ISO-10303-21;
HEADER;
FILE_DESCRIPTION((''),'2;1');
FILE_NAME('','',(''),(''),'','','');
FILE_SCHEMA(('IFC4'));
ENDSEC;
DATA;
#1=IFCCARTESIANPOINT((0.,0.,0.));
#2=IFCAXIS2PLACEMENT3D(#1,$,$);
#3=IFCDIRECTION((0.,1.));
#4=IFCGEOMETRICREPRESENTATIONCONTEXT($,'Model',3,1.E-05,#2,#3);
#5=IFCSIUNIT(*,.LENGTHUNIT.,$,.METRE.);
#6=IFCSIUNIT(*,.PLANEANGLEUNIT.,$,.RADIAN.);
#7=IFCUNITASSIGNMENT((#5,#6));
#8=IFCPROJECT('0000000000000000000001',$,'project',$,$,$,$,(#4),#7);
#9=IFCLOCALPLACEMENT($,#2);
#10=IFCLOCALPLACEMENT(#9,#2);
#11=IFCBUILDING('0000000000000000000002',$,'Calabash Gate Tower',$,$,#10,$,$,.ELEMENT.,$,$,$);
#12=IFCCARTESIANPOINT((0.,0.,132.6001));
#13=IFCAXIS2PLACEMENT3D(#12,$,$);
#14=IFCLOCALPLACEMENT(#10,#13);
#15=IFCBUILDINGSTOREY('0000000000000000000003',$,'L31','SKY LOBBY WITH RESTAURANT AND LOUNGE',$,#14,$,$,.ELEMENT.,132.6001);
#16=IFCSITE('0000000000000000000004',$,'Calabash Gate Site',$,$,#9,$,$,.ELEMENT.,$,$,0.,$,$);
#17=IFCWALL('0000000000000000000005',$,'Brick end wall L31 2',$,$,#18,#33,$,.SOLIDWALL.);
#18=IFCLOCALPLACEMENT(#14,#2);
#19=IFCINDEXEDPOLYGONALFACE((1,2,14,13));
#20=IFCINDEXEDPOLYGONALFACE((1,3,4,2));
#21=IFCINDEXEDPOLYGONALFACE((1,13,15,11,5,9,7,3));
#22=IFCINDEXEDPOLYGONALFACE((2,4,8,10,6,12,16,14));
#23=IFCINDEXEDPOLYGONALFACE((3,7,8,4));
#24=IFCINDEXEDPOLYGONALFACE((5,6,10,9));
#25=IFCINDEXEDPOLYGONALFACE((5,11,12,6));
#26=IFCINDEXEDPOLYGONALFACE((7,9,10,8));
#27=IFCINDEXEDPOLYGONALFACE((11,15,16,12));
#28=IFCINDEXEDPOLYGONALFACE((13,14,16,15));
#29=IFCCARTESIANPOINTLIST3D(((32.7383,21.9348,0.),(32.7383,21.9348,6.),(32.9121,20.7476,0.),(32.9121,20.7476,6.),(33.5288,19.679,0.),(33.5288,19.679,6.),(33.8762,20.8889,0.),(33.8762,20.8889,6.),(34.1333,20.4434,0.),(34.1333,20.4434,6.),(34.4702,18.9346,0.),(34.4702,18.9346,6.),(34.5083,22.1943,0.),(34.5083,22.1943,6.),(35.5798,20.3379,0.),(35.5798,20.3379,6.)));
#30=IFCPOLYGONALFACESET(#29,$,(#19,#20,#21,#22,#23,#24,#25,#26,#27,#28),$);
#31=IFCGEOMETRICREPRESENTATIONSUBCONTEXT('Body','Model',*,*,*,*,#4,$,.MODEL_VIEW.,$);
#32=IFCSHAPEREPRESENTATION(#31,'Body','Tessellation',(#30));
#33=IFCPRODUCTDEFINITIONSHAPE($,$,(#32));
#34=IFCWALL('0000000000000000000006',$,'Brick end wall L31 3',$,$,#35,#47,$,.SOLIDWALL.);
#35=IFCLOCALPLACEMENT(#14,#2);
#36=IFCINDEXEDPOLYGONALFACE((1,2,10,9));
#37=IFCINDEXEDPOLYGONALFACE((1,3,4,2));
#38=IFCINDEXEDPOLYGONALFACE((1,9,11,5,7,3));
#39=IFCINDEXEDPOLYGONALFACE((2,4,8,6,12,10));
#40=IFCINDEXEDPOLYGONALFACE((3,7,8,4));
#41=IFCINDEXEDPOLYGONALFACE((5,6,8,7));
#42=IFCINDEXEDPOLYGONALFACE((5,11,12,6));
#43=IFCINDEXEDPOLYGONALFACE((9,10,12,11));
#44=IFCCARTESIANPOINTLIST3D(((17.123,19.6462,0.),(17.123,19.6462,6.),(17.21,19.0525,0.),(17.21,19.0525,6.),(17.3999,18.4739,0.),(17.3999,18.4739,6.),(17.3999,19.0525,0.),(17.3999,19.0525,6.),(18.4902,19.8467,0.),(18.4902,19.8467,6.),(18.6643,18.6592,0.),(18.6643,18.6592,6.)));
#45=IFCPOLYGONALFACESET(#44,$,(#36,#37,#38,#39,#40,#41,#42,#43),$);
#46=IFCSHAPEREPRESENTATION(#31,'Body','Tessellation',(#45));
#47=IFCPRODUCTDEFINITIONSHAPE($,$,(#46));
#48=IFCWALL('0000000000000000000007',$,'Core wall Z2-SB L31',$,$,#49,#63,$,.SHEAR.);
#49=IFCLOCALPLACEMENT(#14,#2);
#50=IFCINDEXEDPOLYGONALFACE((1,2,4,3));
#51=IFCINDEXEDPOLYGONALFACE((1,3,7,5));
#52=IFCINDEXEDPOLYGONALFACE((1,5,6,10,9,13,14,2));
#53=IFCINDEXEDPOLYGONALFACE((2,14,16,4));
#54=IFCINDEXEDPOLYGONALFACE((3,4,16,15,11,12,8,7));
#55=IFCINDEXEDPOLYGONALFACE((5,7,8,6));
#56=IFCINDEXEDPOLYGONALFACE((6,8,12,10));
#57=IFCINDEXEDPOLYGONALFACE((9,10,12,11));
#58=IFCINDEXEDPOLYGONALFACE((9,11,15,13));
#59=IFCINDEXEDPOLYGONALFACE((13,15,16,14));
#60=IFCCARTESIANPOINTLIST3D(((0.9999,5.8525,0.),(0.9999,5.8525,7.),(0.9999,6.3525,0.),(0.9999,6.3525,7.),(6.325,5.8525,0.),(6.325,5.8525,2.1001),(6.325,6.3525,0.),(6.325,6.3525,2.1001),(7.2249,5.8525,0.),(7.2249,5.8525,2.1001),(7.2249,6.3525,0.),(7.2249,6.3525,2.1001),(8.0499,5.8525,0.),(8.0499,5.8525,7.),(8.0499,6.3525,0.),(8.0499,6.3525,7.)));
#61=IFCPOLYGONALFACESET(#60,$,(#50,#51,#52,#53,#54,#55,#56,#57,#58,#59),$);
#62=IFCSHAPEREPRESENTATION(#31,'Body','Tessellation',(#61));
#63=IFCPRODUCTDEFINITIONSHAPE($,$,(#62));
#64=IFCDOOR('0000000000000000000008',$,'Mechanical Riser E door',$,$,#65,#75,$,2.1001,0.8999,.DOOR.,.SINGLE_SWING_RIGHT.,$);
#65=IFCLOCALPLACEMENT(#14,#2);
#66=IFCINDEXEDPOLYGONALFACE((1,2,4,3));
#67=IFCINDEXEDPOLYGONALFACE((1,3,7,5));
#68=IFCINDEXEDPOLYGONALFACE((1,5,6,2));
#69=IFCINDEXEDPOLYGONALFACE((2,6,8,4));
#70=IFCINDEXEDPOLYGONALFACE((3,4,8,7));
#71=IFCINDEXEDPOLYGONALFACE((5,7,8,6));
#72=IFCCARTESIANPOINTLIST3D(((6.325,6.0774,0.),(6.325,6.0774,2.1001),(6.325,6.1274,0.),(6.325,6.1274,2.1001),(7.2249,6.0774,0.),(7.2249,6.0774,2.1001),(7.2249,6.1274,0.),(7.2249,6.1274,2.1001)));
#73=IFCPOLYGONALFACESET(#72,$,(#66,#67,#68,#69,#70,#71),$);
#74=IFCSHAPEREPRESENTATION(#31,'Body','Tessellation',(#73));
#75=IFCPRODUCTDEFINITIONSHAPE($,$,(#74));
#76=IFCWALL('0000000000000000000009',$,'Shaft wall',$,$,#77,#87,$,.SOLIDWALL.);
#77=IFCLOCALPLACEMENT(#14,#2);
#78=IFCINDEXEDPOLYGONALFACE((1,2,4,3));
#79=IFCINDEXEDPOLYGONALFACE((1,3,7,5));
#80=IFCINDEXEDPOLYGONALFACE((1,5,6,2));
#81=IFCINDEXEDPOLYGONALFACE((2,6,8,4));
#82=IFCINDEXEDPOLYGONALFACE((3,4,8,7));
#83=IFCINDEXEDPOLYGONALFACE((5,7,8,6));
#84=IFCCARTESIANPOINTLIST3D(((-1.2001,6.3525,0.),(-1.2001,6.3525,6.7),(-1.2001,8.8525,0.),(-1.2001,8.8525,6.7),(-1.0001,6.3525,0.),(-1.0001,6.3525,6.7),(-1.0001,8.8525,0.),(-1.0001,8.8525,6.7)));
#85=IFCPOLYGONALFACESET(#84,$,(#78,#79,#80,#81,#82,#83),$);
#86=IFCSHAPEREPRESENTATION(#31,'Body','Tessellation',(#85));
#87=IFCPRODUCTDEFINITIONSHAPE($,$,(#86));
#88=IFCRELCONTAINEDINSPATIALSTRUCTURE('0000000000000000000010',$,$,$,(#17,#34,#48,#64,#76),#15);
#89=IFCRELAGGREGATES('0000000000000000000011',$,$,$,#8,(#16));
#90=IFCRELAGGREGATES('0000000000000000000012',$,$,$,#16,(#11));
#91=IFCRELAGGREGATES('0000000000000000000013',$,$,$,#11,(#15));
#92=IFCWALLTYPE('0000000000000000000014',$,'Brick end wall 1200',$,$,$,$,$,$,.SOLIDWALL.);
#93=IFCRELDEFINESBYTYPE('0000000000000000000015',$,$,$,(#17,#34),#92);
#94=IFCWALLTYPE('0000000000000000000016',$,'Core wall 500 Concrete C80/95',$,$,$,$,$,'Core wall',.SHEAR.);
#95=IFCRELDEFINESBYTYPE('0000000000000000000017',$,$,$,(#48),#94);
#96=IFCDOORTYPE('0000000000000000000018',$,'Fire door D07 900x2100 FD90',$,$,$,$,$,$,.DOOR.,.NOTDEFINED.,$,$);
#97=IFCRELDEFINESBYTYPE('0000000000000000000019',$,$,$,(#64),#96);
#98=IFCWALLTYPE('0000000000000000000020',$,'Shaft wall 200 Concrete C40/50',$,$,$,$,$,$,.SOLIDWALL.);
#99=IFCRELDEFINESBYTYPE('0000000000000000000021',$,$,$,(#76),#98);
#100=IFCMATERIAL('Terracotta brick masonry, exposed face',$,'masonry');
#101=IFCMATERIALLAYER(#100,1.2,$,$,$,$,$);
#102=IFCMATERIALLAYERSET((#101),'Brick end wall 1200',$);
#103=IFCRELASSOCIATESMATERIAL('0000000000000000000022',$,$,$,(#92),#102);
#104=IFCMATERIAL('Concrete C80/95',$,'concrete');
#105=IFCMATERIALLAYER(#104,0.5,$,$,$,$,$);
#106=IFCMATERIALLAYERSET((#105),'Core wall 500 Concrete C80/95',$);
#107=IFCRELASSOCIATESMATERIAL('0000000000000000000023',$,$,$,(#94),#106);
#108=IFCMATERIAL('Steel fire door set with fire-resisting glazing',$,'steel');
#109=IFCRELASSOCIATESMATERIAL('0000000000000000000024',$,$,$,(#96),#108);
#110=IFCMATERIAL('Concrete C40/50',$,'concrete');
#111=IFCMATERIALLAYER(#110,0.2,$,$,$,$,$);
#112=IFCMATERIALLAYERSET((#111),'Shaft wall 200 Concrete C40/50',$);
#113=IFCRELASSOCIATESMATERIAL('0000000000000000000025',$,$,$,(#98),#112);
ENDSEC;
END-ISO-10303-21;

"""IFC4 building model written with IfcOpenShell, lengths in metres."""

from ifc_helpers import new_model, si_unit, direction, frame, frame_2d, origin, place, context, subcontext, project, spatial, polyline, rectangle, outline, extrude, material, layer, layer_set, type_object, element, fill, save


model = new_model("IFC4")

# Units and contexts
model_context = context("Model", 3, precision=1e-05, world=origin(), true_north=direction((0.0, 1.0)))
body_context = subcontext(model_context, "Body", "Model", "MODEL_VIEW")
ifc_project = project(units=[si_unit("LENGTHUNIT", "METRE"), si_unit("PLANEANGLEUNIT", "RADIAN")], contexts=[model_context])

# Site, building, storey
site_placement = place(None, origin())
site = spatial("IfcSite", under=ifc_project, at=site_placement, Name="Calabash Gate Site", CompositionType="ELEMENT", RefElevation=0.0)
building_placement = place(site_placement, origin())
building = spatial("IfcBuilding", under=site, at=building_placement, Name="Calabash Gate Tower", CompositionType="ELEMENT")
storey_placement = place(building_placement, frame((0.0, 0.0, 132.6001)))
storey = spatial("IfcBuildingStorey", under=building, at=storey_placement, Name="L31", Description="SKY LOBBY WITH RESTAURANT AND LOUNGE", CompositionType="ELEMENT", Elevation=132.6001)

# Walls
ifc_material_1 = material(Name="Terracotta brick masonry, exposed face", Category="masonry")
ifc_layer_1 = layer(ifc_material_1, 1.2)
ifc_layer_set_1 = layer_set([ifc_layer_1], Name="Brick end wall 1200")
wall_type_1 = type_object("IfcWallType", Name="Brick end wall 1200", PredefinedType="SOLIDWALL", material=ifc_layer_set_1)
wall_1_placement = place(storey_placement, origin())
element("IfcWall", 1, at=wall_1_placement, inside=storey, type_object=wall_type_1, Name="Brick end wall L31 2", PredefinedType="SOLIDWALL", context=body_context, shape_type="SweptSolid", body=[
    extrude(outline(polyline([(34.1333, 20.4434), (33.5288, 19.679), (34.4702, 18.9346), (35.5798, 20.3379), (34.5083, 22.1943), (32.7383, 21.9348), (32.9121, 20.7476), (33.8762, 20.8889), (34.1333, 20.4434)])), origin(), (0.0, 0.0, 1.0), 6.0),
])
wall_2_placement = place(storey_placement, origin())
element("IfcWall", 2, at=wall_2_placement, inside=storey, type_object=wall_type_1, Name="Brick end wall L31 3", PredefinedType="SOLIDWALL", context=body_context, shape_type="SweptSolid", body=[
    extrude(outline(polyline([(17.123, 19.6462), (17.21, 19.0525), (17.3999, 19.0525), (17.3999, 18.4739), (18.6643, 18.6592), (18.4902, 19.8467), (17.123, 19.6462)])), origin(), (0.0, 0.0, 1.0), 6.0),
])

# Wall, opening, door
ifc_material_2 = material(Name="Concrete C80/95", Category="concrete")
ifc_layer_2 = layer(ifc_material_2, 0.5)
ifc_layer_set_2 = layer_set([ifc_layer_2], Name="Core wall 500 Concrete C80/95")
wall_type_2 = type_object("IfcWallType", Name="Core wall 500 Concrete C80/95", ElementType="Core wall", PredefinedType="SHEAR", material=ifc_layer_set_2)
wall_3_placement = place(storey_placement, frame((1.0, 6.1025, 0.0), z_axis=(0.0, 0.0, 1.0), x_axis=(1.0, 0.0, 0.0)))
wall_3 = element("IfcWall", 3, at=wall_3_placement, inside=storey, type_object=wall_type_2, Name="Core wall Z2-SB L31", PredefinedType="SHEAR", context=body_context, shape_type="SweptSolid", body=[
    extrude(rectangle(XDim=7.05, YDim=0.5, at=frame_2d((3.5249, 0.0))), origin(), (0.0, 0.0, 1.0), 7.0),
])
opening_placement = place(wall_3_placement, frame((5.325, 0.0, 0.0)))
opening = element("IfcOpeningElement", 4, at=opening_placement, cuts=wall_3, PredefinedType="OPENING", context=body_context, shape_type="SweptSolid", body=[
    extrude(rectangle(XDim=0.8999, YDim=2.1001, at=frame_2d((0.45, 1.05))), frame((0.0, 0.26, 0.0), z_axis=(0.0, -1.0, 0.0), x_axis=(1.0, 0.0, 0.0)), (0.0, 0.0, 1.0), 0.52),
])
ifc_material_3 = material(Name="Steel fire door set with fire-resisting glazing", Category="steel")
door_type = type_object("IfcDoorType", Name="Fire door D07 900x2100 FD90", OperationType="NOTDEFINED", PredefinedType="DOOR", material=ifc_material_3)
door_placement = place(opening_placement, origin())
door = element("IfcDoor", 5, at=door_placement, inside=storey, type_object=door_type, Name="Mechanical Riser E door", OperationType="SINGLE_SWING_RIGHT", OverallHeight=2.1001, OverallWidth=0.8999, PredefinedType="DOOR", context=body_context, shape_type="SweptSolid", body=[
    extrude(rectangle(XDim=0.8999, YDim=2.1001, at=frame_2d((0.45, 1.05))), frame((0.0, 0.0249, 0.0), z_axis=(0.0, -1.0, 0.0), x_axis=(1.0, 0.0, 0.0)), (0.0, 0.0, 1.0), 0.05),
])
fill(opening, door)

# Wall
ifc_material_4 = material(Name="Concrete C40/50", Category="concrete")
ifc_layer_3 = layer(ifc_material_4, 0.2)
ifc_layer_set_3 = layer_set([ifc_layer_3], Name="Shaft wall 200 Concrete C40/50")
wall_type_3 = type_object("IfcWallType", Name="Shaft wall 200 Concrete C40/50", PredefinedType="SOLIDWALL", material=ifc_layer_set_3)
wall_4_placement = place(storey_placement, frame((-1.1001, 6.3525, 0.0), z_axis=(0.0, 0.0, 1.0), x_axis=(0.0, 1.0, 0.0)))
element("IfcWall", 6, at=wall_4_placement, inside=storey, type_object=wall_type_3, Name="Shaft wall", PredefinedType="SOLIDWALL", context=body_context, shape_type="SweptSolid", body=[
    extrude(rectangle(XDim=2.5, YDim=0.2, at=frame_2d((1.25, 0.0))), origin(), (0.0, 0.0, 1.0), 6.7),
])

save(model, "model.ifc")
